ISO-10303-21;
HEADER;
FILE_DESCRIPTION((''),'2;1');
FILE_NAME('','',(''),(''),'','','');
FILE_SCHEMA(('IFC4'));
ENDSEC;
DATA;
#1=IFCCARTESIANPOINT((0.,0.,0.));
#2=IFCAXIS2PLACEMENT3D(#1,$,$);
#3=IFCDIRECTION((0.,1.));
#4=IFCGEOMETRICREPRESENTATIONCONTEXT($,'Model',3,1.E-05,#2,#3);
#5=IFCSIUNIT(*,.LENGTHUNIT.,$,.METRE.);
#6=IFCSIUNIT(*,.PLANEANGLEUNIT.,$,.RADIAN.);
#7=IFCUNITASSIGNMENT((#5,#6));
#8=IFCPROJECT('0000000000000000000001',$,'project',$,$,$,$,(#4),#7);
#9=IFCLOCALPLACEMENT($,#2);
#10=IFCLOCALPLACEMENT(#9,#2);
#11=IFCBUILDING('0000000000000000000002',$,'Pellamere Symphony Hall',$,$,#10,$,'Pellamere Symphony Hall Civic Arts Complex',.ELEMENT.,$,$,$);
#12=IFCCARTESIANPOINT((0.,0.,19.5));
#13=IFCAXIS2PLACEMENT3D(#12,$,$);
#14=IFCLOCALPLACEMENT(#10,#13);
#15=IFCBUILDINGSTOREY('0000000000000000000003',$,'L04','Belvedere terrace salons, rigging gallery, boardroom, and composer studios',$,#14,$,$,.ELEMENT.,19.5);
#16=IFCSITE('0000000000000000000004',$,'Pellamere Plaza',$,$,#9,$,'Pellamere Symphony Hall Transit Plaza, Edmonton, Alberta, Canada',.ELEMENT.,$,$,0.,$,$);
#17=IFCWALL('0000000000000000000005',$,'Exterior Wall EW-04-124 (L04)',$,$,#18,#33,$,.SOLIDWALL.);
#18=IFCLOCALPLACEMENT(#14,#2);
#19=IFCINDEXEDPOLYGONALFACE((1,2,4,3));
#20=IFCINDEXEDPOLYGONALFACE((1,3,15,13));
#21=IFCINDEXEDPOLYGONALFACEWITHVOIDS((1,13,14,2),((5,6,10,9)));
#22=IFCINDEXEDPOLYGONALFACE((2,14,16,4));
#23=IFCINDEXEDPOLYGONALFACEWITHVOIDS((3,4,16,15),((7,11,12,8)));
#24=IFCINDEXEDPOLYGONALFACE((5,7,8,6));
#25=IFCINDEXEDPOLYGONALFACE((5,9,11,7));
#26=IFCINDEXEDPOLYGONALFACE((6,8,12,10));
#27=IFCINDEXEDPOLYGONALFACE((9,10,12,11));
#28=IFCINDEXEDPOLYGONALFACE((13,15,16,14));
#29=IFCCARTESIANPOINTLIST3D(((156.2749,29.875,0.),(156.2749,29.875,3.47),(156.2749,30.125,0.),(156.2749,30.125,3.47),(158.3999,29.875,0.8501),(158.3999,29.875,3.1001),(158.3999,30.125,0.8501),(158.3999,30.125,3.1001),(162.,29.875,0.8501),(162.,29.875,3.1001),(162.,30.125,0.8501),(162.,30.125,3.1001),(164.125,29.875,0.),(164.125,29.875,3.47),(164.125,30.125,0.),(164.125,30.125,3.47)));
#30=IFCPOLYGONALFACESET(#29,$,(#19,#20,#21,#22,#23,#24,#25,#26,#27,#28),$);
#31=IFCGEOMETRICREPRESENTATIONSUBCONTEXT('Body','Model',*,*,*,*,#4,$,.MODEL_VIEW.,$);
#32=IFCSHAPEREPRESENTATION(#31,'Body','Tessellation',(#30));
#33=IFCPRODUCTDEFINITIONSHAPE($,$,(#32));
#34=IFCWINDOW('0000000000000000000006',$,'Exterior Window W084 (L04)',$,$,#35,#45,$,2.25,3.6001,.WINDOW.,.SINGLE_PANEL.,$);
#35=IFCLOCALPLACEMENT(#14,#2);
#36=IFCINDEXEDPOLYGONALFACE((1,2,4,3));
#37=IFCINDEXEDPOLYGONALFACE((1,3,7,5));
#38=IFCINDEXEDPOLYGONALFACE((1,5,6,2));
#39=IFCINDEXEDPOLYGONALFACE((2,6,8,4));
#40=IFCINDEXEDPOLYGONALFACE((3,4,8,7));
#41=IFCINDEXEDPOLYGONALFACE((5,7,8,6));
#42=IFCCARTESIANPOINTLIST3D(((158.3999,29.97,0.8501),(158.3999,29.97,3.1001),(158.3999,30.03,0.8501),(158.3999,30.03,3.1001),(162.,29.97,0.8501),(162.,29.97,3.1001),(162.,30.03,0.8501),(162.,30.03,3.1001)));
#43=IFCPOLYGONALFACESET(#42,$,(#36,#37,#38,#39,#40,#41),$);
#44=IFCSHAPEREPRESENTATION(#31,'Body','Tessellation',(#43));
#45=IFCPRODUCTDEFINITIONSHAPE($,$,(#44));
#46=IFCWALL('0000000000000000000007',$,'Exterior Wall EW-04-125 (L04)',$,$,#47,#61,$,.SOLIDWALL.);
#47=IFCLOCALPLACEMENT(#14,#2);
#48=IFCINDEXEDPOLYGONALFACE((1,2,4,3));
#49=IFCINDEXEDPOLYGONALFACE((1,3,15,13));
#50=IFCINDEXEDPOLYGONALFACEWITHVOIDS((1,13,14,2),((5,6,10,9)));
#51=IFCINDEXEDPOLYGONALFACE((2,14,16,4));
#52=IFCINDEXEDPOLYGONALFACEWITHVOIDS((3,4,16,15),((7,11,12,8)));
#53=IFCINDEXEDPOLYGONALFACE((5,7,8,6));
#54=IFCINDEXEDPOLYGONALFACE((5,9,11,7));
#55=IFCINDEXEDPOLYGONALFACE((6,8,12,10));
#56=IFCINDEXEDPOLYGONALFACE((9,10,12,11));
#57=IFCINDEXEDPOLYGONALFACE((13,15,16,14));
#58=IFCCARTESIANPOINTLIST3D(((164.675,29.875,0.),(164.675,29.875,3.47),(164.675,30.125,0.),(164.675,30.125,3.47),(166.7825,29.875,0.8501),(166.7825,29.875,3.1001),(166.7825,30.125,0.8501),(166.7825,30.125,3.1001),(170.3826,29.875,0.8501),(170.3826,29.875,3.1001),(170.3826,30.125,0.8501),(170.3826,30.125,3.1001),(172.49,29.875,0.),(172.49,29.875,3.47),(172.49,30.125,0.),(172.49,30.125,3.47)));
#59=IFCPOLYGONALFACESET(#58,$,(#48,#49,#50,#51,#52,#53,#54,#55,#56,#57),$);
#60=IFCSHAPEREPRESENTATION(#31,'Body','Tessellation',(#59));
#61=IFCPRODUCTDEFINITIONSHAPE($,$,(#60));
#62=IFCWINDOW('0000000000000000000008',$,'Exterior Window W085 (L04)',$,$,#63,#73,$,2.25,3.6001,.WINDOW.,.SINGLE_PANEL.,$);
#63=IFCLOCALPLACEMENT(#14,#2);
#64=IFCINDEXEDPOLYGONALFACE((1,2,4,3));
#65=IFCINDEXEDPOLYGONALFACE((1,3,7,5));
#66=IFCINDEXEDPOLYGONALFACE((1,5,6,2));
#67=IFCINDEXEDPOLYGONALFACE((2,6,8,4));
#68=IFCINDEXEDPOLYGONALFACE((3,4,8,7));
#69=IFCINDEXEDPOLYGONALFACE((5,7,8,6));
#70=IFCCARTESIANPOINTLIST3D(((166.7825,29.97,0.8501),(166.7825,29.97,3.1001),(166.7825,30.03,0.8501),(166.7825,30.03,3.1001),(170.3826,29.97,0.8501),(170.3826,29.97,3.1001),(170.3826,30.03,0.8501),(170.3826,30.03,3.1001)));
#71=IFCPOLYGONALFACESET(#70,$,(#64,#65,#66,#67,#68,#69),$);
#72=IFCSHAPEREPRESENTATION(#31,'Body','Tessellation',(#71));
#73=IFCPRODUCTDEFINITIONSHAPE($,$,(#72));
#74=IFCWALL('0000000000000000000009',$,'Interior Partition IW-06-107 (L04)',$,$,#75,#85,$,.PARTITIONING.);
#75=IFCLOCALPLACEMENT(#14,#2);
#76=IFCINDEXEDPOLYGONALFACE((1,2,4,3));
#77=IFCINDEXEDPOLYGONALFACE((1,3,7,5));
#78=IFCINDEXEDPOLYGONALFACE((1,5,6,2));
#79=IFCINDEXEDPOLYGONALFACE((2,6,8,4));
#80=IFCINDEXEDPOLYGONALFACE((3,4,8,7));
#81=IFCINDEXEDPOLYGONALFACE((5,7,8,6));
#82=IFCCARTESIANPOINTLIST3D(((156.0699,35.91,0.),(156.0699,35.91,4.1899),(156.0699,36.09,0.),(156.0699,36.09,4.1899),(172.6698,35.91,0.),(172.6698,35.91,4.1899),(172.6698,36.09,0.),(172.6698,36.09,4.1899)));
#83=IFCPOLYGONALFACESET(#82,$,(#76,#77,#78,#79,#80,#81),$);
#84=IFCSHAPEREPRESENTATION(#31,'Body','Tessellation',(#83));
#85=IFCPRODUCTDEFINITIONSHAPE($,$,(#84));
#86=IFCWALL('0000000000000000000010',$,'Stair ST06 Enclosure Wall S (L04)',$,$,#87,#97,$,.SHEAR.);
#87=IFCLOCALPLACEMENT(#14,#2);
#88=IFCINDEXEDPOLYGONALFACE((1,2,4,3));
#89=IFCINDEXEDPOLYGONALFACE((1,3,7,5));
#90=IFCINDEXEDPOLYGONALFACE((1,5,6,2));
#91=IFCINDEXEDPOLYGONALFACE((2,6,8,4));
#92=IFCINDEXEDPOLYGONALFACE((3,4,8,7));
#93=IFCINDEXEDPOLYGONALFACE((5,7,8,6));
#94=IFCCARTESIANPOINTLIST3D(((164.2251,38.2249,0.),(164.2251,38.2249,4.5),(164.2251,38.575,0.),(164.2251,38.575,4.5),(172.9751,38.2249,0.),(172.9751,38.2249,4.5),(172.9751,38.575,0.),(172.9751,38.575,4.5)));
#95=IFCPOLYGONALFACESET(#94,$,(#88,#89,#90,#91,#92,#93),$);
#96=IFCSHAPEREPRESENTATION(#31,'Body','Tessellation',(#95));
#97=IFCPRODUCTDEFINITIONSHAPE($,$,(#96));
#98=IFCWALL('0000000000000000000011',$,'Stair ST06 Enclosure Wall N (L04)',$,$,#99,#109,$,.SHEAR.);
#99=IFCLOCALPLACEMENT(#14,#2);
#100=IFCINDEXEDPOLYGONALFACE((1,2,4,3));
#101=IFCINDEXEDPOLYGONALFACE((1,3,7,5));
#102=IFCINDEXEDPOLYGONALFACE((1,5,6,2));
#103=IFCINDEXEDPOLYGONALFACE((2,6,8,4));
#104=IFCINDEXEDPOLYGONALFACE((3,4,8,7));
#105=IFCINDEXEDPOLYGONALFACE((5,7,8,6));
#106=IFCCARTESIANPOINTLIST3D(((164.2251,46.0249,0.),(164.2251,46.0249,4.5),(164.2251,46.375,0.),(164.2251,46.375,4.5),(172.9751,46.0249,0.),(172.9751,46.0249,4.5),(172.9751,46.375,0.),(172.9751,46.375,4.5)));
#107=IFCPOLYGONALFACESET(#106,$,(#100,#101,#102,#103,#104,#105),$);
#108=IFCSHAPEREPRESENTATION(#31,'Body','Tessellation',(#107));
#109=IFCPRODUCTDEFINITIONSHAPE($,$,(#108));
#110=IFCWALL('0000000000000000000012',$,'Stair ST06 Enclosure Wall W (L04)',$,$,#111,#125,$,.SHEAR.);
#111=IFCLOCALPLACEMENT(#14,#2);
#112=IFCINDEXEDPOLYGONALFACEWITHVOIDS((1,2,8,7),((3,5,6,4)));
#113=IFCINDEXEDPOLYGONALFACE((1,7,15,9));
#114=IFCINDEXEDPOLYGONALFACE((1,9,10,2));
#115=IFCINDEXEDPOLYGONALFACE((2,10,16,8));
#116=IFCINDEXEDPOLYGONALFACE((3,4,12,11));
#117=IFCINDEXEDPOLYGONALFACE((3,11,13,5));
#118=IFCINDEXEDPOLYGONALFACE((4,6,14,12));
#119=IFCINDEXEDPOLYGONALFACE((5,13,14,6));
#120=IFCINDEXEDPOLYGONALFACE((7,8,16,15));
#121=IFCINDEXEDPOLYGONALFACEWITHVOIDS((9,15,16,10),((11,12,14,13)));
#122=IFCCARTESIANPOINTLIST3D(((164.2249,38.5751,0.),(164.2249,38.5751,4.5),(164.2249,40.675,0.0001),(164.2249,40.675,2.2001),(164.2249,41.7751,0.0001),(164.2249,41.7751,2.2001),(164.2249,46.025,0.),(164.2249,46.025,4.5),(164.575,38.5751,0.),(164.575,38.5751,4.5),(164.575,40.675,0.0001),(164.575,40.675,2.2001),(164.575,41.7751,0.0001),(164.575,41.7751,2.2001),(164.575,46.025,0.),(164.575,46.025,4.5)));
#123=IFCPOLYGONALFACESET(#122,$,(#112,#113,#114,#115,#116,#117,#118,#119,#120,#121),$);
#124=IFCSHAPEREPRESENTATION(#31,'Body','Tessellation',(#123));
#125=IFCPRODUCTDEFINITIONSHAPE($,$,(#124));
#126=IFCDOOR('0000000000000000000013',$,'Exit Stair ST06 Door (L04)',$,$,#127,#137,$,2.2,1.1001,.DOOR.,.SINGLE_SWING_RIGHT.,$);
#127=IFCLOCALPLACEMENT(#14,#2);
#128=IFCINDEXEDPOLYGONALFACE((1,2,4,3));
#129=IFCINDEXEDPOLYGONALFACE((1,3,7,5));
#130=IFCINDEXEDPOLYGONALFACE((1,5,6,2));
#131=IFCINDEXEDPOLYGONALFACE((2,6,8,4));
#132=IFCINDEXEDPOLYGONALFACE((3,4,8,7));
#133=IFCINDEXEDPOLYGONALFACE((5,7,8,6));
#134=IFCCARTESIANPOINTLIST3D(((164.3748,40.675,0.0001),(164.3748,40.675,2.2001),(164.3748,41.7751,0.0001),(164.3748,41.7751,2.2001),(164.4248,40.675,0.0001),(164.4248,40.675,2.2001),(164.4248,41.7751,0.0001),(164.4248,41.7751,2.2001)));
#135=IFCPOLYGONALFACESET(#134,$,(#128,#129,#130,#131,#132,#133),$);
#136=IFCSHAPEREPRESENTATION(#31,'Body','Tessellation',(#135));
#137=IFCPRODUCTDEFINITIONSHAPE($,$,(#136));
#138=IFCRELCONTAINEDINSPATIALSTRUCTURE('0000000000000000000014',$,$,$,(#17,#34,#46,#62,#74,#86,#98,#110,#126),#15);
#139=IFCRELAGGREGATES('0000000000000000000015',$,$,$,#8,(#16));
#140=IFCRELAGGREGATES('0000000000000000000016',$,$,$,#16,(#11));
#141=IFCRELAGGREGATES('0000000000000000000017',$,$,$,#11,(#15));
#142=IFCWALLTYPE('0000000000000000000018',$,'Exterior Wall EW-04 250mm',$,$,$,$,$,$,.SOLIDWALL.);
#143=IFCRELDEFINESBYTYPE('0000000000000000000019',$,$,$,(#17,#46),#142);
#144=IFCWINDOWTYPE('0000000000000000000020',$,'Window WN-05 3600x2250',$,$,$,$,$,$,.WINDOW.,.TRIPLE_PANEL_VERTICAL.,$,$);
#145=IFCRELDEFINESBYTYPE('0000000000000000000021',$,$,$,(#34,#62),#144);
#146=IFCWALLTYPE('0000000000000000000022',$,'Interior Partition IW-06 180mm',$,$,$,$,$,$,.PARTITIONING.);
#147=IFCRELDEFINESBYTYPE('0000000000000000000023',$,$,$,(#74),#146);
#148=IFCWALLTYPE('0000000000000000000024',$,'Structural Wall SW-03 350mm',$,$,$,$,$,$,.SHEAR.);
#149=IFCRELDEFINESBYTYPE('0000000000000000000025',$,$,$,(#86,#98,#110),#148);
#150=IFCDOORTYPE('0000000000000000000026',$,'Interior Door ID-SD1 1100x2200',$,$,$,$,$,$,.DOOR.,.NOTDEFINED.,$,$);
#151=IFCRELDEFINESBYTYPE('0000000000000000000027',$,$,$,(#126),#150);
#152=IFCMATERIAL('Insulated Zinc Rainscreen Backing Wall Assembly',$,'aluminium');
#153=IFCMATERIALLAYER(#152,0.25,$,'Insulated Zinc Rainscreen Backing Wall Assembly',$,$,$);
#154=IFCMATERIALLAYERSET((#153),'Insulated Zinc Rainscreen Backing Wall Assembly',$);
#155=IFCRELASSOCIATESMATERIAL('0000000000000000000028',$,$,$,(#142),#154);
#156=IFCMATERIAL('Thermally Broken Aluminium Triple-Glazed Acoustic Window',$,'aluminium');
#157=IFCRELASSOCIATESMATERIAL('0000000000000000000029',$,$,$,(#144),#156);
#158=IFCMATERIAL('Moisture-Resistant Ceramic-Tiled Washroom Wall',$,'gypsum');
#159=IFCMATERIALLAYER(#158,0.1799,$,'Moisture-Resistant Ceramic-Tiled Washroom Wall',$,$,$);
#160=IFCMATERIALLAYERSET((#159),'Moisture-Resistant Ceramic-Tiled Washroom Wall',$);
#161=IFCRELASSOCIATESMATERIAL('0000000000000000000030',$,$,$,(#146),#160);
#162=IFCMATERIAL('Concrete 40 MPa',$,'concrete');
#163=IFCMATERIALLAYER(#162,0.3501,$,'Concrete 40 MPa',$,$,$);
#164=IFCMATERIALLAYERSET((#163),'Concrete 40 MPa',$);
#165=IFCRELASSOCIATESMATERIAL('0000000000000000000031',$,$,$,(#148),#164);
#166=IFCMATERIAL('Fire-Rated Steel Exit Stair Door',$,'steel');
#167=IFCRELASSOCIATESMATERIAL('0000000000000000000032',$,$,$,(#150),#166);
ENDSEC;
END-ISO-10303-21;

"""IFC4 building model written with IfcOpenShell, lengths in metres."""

from ifc_helpers import new_model, si_unit, direction, frame, frame_2d, origin, place, context, subcontext, project, spatial, rectangle, extrude, material, layer, layer_set, type_object, element, fill, save


model = new_model("IFC4")

# Units and contexts
model_context = context("Model", 3, precision=1e-05, world=origin(), true_north=direction((0.0, 1.0)))
body_context = subcontext(model_context, "Body", "Model", "MODEL_VIEW")
ifc_project = project(units=[si_unit("LENGTHUNIT", "METRE"), si_unit("PLANEANGLEUNIT", "RADIAN")], contexts=[model_context])

# Site, building, storey
site_placement = place(None, origin())
site = spatial("IfcSite", under=ifc_project, at=site_placement, Name="Pellamere Plaza", LongName="Pellamere Symphony Hall Transit Plaza, Edmonton, Alberta, Canada", CompositionType="ELEMENT", RefElevation=0.0)
building_placement = place(site_placement, origin())
building = spatial("IfcBuilding", under=site, at=building_placement, Name="Pellamere Symphony Hall", LongName="Pellamere Symphony Hall Civic Arts Complex", CompositionType="ELEMENT")
storey_placement = place(building_placement, frame((0.0, 0.0, 19.5)))
storey = spatial("IfcBuildingStorey", under=building, at=storey_placement, Name="L04", Description="Belvedere terrace salons, rigging gallery, boardroom, and composer studios", CompositionType="ELEMENT", Elevation=19.5)

# Shared definitions
ifc_material_1 = material(Name="Concrete 40 MPa", Category="concrete")

# Walls, openings, windows
ifc_material_2 = material(Name="Insulated Zinc Rainscreen Backing Wall Assembly", Category="aluminium")
ifc_layer_1 = layer(ifc_material_2, 0.25, Name="Insulated Zinc Rainscreen Backing Wall Assembly")
ifc_layer_set_1 = layer_set([ifc_layer_1], Name="Insulated Zinc Rainscreen Backing Wall Assembly")
wall_type_1 = type_object("IfcWallType", Name="Exterior Wall EW-04 250mm", PredefinedType="SOLIDWALL", material=ifc_layer_set_1)
wall_1_placement = place(storey_placement, frame((156.2749, 30.0, 0.0), z_axis=(0.0, 0.0, 1.0), x_axis=(1.0, 0.0, 0.0)))
wall_1 = element("IfcWall", 1, at=wall_1_placement, inside=storey, type_object=wall_type_1, Name="Exterior Wall EW-04-124 (L04)", PredefinedType="SOLIDWALL", context=body_context, shape_type="SweptSolid", body=[
    extrude(rectangle(XDim=7.8501, YDim=0.25, at=frame_2d((3.925, 0.0))), origin(), (0.0, 0.0, 1.0), 3.47),
])
opening_1_placement = place(wall_1_placement, frame((2.125, 0.0, 0.8501)))
opening_1 = element("IfcOpeningElement", 2, at=opening_1_placement, cuts=wall_1, PredefinedType="OPENING", context=body_context, shape_type="SweptSolid", body=[
    extrude(rectangle(XDim=3.6001, YDim=2.25, at=frame_2d((1.8, 1.125))), frame((0.0, 0.135, 0.0), z_axis=(0.0, -1.0, 0.0), x_axis=(1.0, 0.0, 0.0)), (0.0, 0.0, 1.0), 0.27),
])
ifc_material_3 = material(Name="Thermally Broken Aluminium Triple-Glazed Acoustic Window", Category="aluminium")
window_type = type_object("IfcWindowType", Name="Window WN-05 3600x2250", PartitioningType="TRIPLE_PANEL_VERTICAL", PredefinedType="WINDOW", material=ifc_material_3)
window_1_placement = place(opening_1_placement, origin())
window_1 = element("IfcWindow", 3, at=window_1_placement, inside=storey, type_object=window_type, Name="Exterior Window W084 (L04)", OverallHeight=2.25, OverallWidth=3.6001, PartitioningType="SINGLE_PANEL", PredefinedType="WINDOW", context=body_context, shape_type="SweptSolid", body=[
    extrude(rectangle(XDim=3.6001, YDim=2.25, at=frame_2d((1.8, 1.125))), frame((0.0, 0.03, 0.0), z_axis=(0.0, -1.0, 0.0), x_axis=(1.0, 0.0, 0.0)), (0.0, 0.0, 1.0), 0.0601),
])
fill(opening_1, window_1)
wall_2_placement = place(storey_placement, frame((164.675, 30.0, 0.0), z_axis=(0.0, 0.0, 1.0), x_axis=(1.0, 0.0, 0.0)))
wall_2 = element("IfcWall", 4, at=wall_2_placement, inside=storey, type_object=wall_type_1, Name="Exterior Wall EW-04-125 (L04)", PredefinedType="SOLIDWALL", context=body_context, shape_type="SweptSolid", body=[
    extrude(rectangle(XDim=7.8149, YDim=0.25, at=frame_2d((3.9075, 0.0))), origin(), (0.0, 0.0, 1.0), 3.47),
])
opening_2_placement = place(wall_2_placement, frame((2.1074, 0.0, 0.8501)))
opening_2 = element("IfcOpeningElement", 5, at=opening_2_placement, cuts=wall_2, PredefinedType="OPENING", context=body_context, shape_type="SweptSolid", body=[
    extrude(rectangle(XDim=3.6001, YDim=2.25, at=frame_2d((1.8, 1.125))), frame((0.0, 0.135, 0.0), z_axis=(0.0, -1.0, 0.0), x_axis=(1.0, 0.0, 0.0)), (0.0, 0.0, 1.0), 0.27),
])
window_2_placement = place(opening_2_placement, origin())
window_2 = element("IfcWindow", 6, at=window_2_placement, inside=storey, type_object=window_type, Name="Exterior Window W085 (L04)", OverallHeight=2.25, OverallWidth=3.6001, PartitioningType="SINGLE_PANEL", PredefinedType="WINDOW", context=body_context, shape_type="SweptSolid", body=[
    extrude(rectangle(XDim=3.6001, YDim=2.25, at=frame_2d((1.8, 1.125))), frame((0.0, 0.03, 0.0), z_axis=(0.0, -1.0, 0.0), x_axis=(1.0, 0.0, 0.0)), (0.0, 0.0, 1.0), 0.0601),
])
fill(opening_2, window_2)

# Walls
ifc_material_4 = material(Name="Moisture-Resistant Ceramic-Tiled Washroom Wall", Category="gypsum")
ifc_layer_2 = layer(ifc_material_4, 0.1799, Name="Moisture-Resistant Ceramic-Tiled Washroom Wall")
ifc_layer_set_2 = layer_set([ifc_layer_2], Name="Moisture-Resistant Ceramic-Tiled Washroom Wall")
wall_type_2 = type_object("IfcWallType", Name="Interior Partition IW-06 180mm", PredefinedType="PARTITIONING", material=ifc_layer_set_2)
wall_3_placement = place(storey_placement, frame((156.0701, 36.0, 0.0), z_axis=(0.0, 0.0, 1.0), x_axis=(1.0, 0.0, 0.0)))
element("IfcWall", 7, at=wall_3_placement, inside=storey, type_object=wall_type_2, Name="Interior Partition IW-06-107 (L04)", PredefinedType="PARTITIONING", context=body_context, shape_type="SweptSolid", body=[
    extrude(rectangle(XDim=16.5999, YDim=0.1799, at=frame_2d((8.2998, 0.0))), origin(), (0.0, 0.0, 1.0), 4.1899),
])
ifc_layer_3 = layer(ifc_material_1, 0.3501, Name="Concrete 40 MPa")
ifc_layer_set_3 = layer_set([ifc_layer_3], Name="Concrete 40 MPa")
wall_type_3 = type_object("IfcWallType", Name="Structural Wall SW-03 350mm", PredefinedType="SHEAR", material=ifc_layer_set_3)
for number, where, z_axis, x_axis, name in (
    (8, (164.2251, 38.3999, 0.0), (0.0, 0.0, 1.0), (1.0, 0.0, 0.0), "Stair ST06 Enclosure Wall S (L04)"),
    (9, (164.2251, 46.2, 0.0), (0.0, 0.0, 1.0), (1.0, 0.0, 0.0), "Stair ST06 Enclosure Wall N (L04)"),
):
    element("IfcWall", number, at=place(storey_placement, frame(where, z_axis=z_axis, x_axis=x_axis)), inside=storey, type_object=wall_type_3, Name=name, PredefinedType="SHEAR", context=body_context, shape_type="SweptSolid", body=[
        extrude(rectangle(XDim=8.75, YDim=0.3501, at=frame_2d((4.375, 0.0))), origin(), (0.0, 0.0, 1.0), 4.5),
    ])

# Wall, opening, door
wall_4_placement = place(storey_placement, frame((164.3999, 38.575, 0.0), z_axis=(0.0, 0.0, 1.0), x_axis=(0.0, 1.0, 0.0)))
wall_4 = element("IfcWall", 10, at=wall_4_placement, inside=storey, type_object=wall_type_3, Name="Stair ST06 Enclosure Wall W (L04)", PredefinedType="SHEAR", context=body_context, shape_type="SweptSolid", body=[
    extrude(rectangle(XDim=7.45, YDim=0.3501, at=frame_2d((3.7251, 0.0))), origin(), (0.0, 0.0, 1.0), 4.5),
])
opening_3_placement = place(wall_4_placement, frame((2.1001, 0.0, 0.0)))
opening_3 = element("IfcOpeningElement", 11, at=opening_3_placement, cuts=wall_4, PredefinedType="OPENING", context=body_context, shape_type="SweptSolid", body=[
    extrude(rectangle(XDim=1.1001, YDim=2.2, at=frame_2d((0.55, 1.1001))), frame((0.0, 0.1851, 0.0), z_axis=(0.0, -1.0, 0.0), x_axis=(1.0, 0.0, 0.0)), (0.0, 0.0, 1.0), 0.3701),
])
ifc_material_5 = material(Name="Fire-Rated Steel Exit Stair Door", Category="steel")
door_type = type_object("IfcDoorType", Name="Interior Door ID-SD1 1100x2200", OperationType="NOTDEFINED", PredefinedType="DOOR", material=ifc_material_5)
door_placement = place(opening_3_placement, frame((1.1001, 0.0, 0.0), z_axis=(0.0, 0.0, 1.0), x_axis=(-1.0, 0.0, 0.0)))
door = element("IfcDoor", 12, at=door_placement, inside=storey, type_object=door_type, Name="Exit Stair ST06 Door (L04)", OperationType="SINGLE_SWING_RIGHT", OverallHeight=2.2, OverallWidth=1.1001, PredefinedType="DOOR", context=body_context, shape_type="SweptSolid", body=[
    extrude(rectangle(XDim=1.1001, YDim=2.2, at=frame_2d((0.55, 1.1001))), frame((0.0, 0.0249, 0.0), z_axis=(0.0, -1.0, 0.0), x_axis=(1.0, 0.0, 0.0)), (0.0, 0.0, 1.0), 0.05),
])
fill(opening_3, door)

save(model, "model.ifc")
